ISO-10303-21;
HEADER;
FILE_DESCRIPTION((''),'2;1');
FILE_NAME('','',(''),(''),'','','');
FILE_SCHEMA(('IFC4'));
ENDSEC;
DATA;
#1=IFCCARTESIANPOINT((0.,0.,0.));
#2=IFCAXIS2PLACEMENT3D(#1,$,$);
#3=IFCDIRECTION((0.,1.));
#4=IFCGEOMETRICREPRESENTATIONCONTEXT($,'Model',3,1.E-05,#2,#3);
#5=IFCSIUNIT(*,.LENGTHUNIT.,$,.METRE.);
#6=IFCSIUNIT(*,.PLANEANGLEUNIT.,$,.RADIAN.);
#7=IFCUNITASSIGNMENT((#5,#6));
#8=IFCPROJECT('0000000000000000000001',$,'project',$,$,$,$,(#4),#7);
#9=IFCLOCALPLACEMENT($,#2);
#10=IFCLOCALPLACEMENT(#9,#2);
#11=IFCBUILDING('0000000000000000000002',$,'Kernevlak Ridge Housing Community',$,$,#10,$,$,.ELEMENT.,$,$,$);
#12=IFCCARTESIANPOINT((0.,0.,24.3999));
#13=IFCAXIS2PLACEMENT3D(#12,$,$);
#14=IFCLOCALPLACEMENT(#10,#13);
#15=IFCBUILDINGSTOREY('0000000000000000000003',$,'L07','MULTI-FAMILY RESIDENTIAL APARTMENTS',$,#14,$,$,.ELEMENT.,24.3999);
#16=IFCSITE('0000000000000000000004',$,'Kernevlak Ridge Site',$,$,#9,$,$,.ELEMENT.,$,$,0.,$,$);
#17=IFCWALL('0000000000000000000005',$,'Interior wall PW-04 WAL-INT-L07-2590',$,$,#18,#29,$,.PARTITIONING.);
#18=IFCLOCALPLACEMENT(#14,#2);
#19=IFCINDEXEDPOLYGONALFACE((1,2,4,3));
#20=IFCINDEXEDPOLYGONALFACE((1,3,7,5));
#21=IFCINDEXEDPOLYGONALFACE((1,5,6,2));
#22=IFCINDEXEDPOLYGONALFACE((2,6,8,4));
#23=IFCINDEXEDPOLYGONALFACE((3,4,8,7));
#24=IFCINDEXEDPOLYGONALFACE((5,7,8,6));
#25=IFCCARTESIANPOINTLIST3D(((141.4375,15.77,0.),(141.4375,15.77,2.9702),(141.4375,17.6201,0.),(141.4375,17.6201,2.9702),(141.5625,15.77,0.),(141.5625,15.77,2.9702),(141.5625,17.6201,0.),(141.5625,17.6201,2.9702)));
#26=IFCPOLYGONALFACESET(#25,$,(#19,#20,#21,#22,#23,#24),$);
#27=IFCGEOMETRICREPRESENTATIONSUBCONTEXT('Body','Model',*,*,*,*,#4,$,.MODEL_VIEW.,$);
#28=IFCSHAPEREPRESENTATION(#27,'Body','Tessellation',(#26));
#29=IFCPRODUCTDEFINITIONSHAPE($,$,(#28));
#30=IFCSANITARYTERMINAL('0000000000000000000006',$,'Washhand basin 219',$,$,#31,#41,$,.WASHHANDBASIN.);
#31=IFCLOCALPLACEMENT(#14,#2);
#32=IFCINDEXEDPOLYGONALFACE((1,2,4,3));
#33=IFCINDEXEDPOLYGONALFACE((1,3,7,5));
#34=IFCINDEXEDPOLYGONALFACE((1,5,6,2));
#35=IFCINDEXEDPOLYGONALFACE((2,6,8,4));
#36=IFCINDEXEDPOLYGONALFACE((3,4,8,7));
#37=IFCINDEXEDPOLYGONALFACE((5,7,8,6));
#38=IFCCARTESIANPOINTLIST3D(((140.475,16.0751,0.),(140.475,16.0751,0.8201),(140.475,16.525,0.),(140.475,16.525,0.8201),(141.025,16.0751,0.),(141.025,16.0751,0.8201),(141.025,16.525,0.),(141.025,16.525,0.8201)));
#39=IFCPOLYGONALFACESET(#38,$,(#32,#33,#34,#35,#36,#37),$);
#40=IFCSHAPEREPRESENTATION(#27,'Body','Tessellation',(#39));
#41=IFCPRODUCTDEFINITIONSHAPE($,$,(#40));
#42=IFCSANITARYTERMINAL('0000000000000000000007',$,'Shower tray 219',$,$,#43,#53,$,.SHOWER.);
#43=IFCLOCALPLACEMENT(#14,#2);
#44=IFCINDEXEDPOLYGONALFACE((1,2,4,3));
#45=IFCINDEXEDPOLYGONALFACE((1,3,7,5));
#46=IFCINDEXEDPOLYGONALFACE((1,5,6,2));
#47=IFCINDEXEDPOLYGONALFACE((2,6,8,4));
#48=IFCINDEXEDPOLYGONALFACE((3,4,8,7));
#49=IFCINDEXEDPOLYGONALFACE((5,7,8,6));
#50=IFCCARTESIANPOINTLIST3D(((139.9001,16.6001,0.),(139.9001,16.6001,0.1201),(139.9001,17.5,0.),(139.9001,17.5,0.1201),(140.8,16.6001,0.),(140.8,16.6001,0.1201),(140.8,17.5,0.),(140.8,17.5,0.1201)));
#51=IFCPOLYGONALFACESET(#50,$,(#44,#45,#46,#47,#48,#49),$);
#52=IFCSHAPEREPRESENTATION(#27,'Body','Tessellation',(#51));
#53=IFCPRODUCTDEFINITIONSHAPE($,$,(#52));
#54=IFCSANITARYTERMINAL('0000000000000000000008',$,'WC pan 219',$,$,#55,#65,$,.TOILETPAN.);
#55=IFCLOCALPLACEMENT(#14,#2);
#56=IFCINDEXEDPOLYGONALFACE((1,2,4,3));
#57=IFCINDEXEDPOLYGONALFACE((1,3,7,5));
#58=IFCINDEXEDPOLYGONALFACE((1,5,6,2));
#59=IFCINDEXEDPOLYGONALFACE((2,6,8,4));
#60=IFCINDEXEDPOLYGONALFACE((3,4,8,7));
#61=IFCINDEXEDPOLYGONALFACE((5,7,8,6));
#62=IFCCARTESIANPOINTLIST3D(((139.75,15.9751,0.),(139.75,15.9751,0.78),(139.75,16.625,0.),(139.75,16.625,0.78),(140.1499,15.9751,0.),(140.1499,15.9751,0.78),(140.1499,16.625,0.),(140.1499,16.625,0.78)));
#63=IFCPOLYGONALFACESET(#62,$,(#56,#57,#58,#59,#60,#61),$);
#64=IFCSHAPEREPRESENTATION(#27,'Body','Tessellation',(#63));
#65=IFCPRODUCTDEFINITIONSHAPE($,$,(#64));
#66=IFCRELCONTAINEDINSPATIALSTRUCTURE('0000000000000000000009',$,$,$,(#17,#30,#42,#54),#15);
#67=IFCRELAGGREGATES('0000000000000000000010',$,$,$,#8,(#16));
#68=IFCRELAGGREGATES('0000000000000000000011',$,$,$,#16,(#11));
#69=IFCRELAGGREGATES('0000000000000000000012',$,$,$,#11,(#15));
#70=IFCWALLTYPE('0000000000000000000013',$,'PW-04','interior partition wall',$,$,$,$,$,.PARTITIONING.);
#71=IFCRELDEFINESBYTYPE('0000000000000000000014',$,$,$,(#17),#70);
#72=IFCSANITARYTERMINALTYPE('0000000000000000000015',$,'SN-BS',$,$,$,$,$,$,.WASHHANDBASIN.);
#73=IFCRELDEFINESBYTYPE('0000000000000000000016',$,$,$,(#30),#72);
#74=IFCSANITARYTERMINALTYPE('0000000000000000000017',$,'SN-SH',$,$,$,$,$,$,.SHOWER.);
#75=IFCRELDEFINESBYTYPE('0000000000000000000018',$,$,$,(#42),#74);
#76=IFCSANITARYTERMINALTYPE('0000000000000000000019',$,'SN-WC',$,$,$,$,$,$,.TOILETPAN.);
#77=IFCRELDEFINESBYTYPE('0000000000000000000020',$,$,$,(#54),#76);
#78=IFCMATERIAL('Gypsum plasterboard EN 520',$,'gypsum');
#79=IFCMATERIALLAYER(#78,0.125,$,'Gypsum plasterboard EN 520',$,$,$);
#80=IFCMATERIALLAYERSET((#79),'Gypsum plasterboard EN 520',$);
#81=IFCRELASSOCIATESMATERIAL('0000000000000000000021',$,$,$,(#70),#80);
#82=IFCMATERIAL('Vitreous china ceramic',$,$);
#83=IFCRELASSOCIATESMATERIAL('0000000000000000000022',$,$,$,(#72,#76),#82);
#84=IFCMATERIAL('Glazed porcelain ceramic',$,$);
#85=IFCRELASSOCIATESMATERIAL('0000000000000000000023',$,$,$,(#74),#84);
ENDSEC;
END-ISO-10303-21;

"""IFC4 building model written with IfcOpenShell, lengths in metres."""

from ifc_helpers import new_model, si_unit, direction, frame, frame_2d, origin, origin_2d, place, context, subcontext, project, spatial, rectangle, extrude, material, layer, layer_set, type_object, element, save


model = new_model("IFC4")

# Units and contexts
model_context = context("Model", 3, precision=1e-05, world=origin(), true_north=direction((0.0, 1.0)))
body_context = subcontext(model_context, "Body", "Model", "MODEL_VIEW")
ifc_project = project(units=[si_unit("LENGTHUNIT", "METRE"), si_unit("PLANEANGLEUNIT", "RADIAN")], contexts=[model_context])

# Site, building, storey
site_placement = place(None, origin())
site = spatial("IfcSite", under=ifc_project, at=site_placement, Name="Kernevlak Ridge Site", CompositionType="ELEMENT", RefElevation=0.0)
building_placement = place(site_placement, origin())
building = spatial("IfcBuilding", under=site, at=building_placement, Name="Kernevlak Ridge Housing Community", CompositionType="ELEMENT")
storey_placement = place(building_placement, frame((0.0, 0.0, 24.3999)))
storey = spatial("IfcBuildingStorey", under=building, at=storey_placement, Name="L07", Description="MULTI-FAMILY RESIDENTIAL APARTMENTS", CompositionType="ELEMENT", Elevation=24.3999)

# Shared definitions
ifc_material_1 = material(Name="Gypsum plasterboard EN 520", Category="gypsum")
ifc_layer_1 = layer(ifc_material_1, 0.125, Name="Gypsum plasterboard EN 520")
ifc_layer_set_1 = layer_set([ifc_layer_1], Name="Gypsum plasterboard EN 520")
wall_type_1 = type_object("IfcWallType", Name="PW-04", Description="interior partition wall", PredefinedType="PARTITIONING", material=ifc_layer_set_1)

# Wall
wall_1_placement = place(storey_placement, frame((141.5, 15.77, 0.0), z_axis=(0.0, 0.0, 1.0), x_axis=(0.0, 1.0, 0.0)))
element("IfcWall", 1, at=wall_1_placement, inside=storey, type_object=wall_type_1, Name="Interior wall PW-04 WAL-INT-L07-2590", PredefinedType="PARTITIONING", context=body_context, shape_type="SweptSolid", body=[
    extrude(rectangle(XDim=1.8501, YDim=0.125, at=frame_2d((0.925, 0.0))), origin(), (0.0, 0.0, 1.0), 2.9702),
])

# Sanitary terminals
ifc_material_2 = material(Name="Vitreous china ceramic")
sanitary_terminal_type_1 = type_object("IfcSanitaryTerminalType", Name="SN-BS", PredefinedType="WASHHANDBASIN", material=ifc_material_2)
sanitary_terminal_1_placement = place(storey_placement, frame((140.75, 16.3, 0.0), z_axis=(0.0, 0.0, 1.0), x_axis=(1.0, 0.0, 0.0)))
element("IfcSanitaryTerminal", 2, at=sanitary_terminal_1_placement, inside=storey, type_object=sanitary_terminal_type_1, Name="Washhand basin 219", PredefinedType="WASHHANDBASIN", context=body_context, shape_type="SweptSolid", body=[
    extrude(rectangle(XDim=0.55, YDim=0.45, at=origin_2d()), origin(), (0.0, 0.0, 1.0), 0.8201),
])
ifc_material_3 = material(Name="Glazed porcelain ceramic")
sanitary_terminal_type_2 = type_object("IfcSanitaryTerminalType", Name="SN-SH", PredefinedType="SHOWER", material=ifc_material_3)
sanitary_terminal_2_placement = place(storey_placement, frame((140.3501, 17.05, 0.0), z_axis=(0.0, 0.0, 1.0), x_axis=(1.0, 0.0, 0.0)))
element("IfcSanitaryTerminal", 3, at=sanitary_terminal_2_placement, inside=storey, type_object=sanitary_terminal_type_2, Name="Shower tray 219", PredefinedType="SHOWER", context=body_context, shape_type="SweptSolid", body=[
    extrude(rectangle(XDim=0.8999, YDim=0.8999, at=origin_2d()), origin(), (0.0, 0.0, 1.0), 0.1201),
])
sanitary_terminal_type_3 = type_object("IfcSanitaryTerminalType", Name="SN-WC", PredefinedType="TOILETPAN", material=ifc_material_2)
sanitary_terminal_3_placement = place(storey_placement, frame((139.95, 16.3, 0.0), z_axis=(0.0, 0.0, 1.0), x_axis=(1.0, 0.0, 0.0)))
element("IfcSanitaryTerminal", 4, at=sanitary_terminal_3_placement, inside=storey, type_object=sanitary_terminal_type_3, Name="WC pan 219", PredefinedType="TOILETPAN", context=body_context, shape_type="SweptSolid", body=[
    extrude(rectangle(XDim=0.3999, YDim=0.6499, at=origin_2d()), origin(), (0.0, 0.0, 1.0), 0.78),
])

save(model, "model.ifc")
